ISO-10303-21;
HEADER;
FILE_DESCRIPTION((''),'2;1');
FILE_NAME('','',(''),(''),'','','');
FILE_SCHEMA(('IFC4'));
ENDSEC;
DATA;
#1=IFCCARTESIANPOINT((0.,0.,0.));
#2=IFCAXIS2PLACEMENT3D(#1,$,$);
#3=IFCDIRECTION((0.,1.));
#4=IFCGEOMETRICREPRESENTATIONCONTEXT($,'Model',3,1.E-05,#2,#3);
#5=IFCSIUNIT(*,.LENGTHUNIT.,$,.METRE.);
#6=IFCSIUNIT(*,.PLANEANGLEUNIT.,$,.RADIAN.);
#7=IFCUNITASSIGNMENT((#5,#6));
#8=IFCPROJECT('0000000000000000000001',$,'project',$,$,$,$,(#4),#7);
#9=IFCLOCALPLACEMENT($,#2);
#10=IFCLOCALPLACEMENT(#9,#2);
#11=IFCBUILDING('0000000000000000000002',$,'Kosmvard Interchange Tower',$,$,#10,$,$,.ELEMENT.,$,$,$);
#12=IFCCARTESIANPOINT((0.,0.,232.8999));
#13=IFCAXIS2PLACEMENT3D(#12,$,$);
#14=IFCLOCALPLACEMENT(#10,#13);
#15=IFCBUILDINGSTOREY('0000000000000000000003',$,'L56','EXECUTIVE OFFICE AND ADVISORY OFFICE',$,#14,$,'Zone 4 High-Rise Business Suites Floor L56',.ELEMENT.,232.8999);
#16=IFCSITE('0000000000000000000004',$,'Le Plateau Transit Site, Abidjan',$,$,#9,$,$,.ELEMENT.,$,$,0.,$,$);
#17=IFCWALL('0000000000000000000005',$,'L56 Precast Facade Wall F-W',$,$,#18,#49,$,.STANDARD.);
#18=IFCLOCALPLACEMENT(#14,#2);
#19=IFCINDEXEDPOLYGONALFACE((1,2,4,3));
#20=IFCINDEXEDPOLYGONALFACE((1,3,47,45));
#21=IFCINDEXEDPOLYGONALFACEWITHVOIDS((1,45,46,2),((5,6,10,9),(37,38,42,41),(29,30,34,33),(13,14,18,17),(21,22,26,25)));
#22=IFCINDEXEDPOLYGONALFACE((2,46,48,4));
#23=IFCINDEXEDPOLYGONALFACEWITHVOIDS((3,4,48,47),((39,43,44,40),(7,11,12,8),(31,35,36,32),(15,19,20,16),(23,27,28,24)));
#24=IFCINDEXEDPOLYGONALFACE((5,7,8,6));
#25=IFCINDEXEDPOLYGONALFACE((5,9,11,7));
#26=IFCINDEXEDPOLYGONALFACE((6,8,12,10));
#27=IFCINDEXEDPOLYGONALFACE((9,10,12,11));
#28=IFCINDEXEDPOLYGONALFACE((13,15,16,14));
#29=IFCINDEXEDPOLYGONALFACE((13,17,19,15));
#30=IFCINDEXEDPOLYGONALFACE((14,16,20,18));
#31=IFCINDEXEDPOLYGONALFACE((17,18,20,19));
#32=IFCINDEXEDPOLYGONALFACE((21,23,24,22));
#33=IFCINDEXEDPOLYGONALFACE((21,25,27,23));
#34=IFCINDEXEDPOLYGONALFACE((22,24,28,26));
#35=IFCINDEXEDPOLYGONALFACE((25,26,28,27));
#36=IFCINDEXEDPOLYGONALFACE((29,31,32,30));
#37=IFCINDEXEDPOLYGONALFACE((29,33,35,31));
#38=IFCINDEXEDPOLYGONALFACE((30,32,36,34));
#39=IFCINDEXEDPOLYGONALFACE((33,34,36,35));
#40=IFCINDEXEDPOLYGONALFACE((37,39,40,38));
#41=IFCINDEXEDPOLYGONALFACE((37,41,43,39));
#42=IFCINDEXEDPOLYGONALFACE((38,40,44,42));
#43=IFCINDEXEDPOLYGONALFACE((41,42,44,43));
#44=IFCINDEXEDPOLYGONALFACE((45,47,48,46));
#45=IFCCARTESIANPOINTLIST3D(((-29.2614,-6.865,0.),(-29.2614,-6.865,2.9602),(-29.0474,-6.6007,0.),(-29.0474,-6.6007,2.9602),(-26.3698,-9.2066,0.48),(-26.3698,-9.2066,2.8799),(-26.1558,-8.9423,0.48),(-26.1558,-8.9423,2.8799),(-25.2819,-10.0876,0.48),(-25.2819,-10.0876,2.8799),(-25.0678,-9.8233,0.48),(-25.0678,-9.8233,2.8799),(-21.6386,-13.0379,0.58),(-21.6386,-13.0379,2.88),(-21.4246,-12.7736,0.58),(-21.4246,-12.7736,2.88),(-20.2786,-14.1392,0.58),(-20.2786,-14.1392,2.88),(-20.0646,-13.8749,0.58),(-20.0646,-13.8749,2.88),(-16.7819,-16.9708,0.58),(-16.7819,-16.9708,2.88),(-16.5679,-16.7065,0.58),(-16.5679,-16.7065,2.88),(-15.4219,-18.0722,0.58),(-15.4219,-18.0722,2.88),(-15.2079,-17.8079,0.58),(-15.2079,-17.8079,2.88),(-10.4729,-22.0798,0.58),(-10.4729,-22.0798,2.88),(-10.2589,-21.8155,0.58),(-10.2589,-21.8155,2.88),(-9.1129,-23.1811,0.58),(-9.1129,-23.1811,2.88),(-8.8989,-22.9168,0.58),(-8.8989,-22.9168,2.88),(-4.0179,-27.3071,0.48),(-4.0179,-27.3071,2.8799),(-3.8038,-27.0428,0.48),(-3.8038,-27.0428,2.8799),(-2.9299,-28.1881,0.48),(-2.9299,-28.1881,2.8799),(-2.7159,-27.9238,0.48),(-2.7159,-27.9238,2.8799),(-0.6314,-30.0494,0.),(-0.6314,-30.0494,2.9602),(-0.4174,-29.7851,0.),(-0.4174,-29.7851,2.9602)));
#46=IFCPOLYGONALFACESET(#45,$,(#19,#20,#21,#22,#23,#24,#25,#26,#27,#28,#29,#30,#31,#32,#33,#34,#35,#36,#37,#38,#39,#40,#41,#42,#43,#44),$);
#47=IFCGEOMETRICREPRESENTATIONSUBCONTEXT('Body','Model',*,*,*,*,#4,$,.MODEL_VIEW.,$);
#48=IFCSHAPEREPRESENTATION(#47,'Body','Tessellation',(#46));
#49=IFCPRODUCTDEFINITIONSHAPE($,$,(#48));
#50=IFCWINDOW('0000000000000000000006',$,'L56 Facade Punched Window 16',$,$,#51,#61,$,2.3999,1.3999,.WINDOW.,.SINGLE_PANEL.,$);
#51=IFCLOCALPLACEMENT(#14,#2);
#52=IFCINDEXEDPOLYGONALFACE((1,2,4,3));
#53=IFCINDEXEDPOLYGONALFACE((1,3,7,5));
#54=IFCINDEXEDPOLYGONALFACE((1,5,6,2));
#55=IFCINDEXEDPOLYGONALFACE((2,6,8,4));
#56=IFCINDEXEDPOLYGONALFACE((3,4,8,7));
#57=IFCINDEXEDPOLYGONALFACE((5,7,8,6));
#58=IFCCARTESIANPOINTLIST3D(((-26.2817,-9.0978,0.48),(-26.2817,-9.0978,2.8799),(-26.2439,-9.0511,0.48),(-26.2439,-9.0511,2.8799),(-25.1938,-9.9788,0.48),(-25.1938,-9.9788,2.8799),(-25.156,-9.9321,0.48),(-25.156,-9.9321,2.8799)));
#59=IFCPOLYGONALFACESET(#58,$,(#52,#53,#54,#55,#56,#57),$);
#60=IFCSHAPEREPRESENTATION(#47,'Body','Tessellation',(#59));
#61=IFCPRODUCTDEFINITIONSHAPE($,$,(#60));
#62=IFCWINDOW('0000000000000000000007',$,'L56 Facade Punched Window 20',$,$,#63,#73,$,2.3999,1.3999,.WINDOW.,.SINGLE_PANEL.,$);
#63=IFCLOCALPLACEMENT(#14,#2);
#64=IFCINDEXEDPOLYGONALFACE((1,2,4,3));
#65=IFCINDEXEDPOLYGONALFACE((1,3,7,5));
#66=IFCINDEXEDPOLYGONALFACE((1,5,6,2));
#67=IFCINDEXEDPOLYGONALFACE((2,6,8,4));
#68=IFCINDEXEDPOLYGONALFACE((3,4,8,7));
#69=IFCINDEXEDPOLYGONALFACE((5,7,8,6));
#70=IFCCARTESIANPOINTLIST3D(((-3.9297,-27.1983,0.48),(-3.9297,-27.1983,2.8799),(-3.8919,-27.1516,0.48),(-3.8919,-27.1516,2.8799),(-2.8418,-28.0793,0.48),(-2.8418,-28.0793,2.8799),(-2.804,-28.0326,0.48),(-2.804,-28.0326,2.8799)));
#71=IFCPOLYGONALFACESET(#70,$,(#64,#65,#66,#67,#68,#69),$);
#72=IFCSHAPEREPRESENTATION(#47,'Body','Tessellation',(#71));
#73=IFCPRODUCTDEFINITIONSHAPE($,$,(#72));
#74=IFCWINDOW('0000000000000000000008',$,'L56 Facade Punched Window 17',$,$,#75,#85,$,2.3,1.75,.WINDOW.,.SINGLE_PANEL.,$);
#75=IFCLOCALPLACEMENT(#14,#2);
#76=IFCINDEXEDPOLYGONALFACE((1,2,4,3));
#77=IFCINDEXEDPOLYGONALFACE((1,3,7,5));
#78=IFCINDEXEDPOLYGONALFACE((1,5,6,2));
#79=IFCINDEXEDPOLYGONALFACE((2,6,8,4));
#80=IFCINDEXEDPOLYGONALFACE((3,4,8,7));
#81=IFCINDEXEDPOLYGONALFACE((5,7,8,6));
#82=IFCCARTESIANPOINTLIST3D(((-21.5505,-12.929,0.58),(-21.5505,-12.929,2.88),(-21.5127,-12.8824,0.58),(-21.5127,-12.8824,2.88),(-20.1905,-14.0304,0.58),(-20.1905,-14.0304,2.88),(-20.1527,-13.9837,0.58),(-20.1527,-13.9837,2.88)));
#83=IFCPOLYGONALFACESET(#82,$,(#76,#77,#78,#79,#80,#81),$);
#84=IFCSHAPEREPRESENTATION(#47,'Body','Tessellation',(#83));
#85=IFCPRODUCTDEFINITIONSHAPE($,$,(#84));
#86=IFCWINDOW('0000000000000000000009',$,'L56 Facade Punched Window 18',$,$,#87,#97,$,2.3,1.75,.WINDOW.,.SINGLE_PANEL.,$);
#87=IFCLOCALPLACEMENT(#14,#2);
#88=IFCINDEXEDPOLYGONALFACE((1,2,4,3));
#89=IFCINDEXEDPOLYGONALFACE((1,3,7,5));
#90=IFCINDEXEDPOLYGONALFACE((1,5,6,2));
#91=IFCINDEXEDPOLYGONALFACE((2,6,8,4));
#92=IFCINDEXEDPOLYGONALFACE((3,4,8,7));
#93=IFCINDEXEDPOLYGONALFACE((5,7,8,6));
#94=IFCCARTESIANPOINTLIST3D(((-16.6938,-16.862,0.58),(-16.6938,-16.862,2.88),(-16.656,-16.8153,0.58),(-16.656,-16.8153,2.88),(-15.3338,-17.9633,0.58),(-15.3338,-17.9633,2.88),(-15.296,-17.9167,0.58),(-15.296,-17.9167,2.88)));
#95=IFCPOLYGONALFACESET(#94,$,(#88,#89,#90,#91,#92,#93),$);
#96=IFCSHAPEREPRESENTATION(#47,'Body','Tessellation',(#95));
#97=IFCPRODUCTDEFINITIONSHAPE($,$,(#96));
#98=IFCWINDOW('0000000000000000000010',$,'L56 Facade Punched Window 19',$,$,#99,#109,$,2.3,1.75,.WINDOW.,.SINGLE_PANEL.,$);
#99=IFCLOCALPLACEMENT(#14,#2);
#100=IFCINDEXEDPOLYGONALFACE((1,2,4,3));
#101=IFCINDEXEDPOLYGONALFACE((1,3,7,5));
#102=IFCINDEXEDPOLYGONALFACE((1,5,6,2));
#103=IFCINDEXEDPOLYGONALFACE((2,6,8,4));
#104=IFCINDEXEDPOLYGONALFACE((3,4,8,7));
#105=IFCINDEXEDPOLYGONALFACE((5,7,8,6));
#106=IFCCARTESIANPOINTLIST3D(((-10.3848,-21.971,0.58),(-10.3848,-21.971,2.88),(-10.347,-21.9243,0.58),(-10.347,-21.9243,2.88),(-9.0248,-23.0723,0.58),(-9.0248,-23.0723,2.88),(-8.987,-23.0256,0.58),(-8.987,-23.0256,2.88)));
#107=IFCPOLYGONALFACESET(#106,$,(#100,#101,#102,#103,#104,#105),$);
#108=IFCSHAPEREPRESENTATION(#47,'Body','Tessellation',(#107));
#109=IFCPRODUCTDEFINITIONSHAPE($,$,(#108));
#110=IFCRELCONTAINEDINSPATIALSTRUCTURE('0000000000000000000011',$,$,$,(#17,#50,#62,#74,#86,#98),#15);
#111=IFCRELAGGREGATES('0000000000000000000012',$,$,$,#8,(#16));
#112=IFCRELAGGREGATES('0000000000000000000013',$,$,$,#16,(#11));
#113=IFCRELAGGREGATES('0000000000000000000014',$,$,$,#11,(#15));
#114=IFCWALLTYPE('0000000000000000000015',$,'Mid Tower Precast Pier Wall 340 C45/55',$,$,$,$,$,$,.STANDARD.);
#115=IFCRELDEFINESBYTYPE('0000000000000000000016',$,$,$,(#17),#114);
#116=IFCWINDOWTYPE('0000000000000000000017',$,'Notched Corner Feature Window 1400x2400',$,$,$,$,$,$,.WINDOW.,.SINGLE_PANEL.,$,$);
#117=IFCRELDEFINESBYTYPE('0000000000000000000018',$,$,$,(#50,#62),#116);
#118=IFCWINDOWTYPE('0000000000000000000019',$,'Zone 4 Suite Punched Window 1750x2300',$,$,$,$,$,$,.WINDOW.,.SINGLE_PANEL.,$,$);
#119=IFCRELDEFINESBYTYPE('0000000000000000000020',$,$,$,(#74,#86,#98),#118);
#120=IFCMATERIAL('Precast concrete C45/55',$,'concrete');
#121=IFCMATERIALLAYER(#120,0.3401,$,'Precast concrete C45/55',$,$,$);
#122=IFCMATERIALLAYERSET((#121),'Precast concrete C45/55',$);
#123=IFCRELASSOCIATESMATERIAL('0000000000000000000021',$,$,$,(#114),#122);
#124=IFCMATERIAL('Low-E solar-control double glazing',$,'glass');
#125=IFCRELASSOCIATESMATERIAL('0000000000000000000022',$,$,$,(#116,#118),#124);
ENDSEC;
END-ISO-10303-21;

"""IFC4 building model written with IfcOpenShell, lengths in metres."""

from ifc_helpers import new_model, si_unit, direction, frame, frame_2d, origin, place, context, subcontext, project, spatial, rectangle, extrude, source, transform, mapped, material, layer, layer_set, type_object, element, fill, save


model = new_model("IFC4")

# Units and contexts
model_context = context("Model", 3, precision=1e-05, world=origin(), true_north=direction((0.0, 1.0)))
body_context = subcontext(model_context, "Body", "Model", "MODEL_VIEW")
ifc_project = project(units=[si_unit("LENGTHUNIT", "METRE"), si_unit("PLANEANGLEUNIT", "RADIAN")], contexts=[model_context])

# Site, building, storey
site_placement = place(None, origin())
site = spatial("IfcSite", under=ifc_project, at=site_placement, Name="Le Plateau Transit Site, Abidjan", CompositionType="ELEMENT", RefElevation=0.0)
building_placement = place(site_placement, origin())
building = spatial("IfcBuilding", under=site, at=building_placement, Name="Kosmvard Interchange Tower", CompositionType="ELEMENT")
storey_placement = place(building_placement, frame((0.0, 0.0, 232.8999)))
storey = spatial("IfcBuildingStorey", under=building, at=storey_placement, Name="L56", Description="EXECUTIVE OFFICE AND ADVISORY OFFICE", LongName="Zone 4 High-Rise Business Suites Floor L56", CompositionType="ELEMENT", Elevation=232.8999)

# Shared definitions
ifc_material_1 = material(Name="Precast concrete C45/55", Category="concrete")

# Shared definitions
ifc_layer_1 = layer(ifc_material_1, 0.3401, Name="Precast concrete C45/55")
ifc_layer_set_1 = layer_set([ifc_layer_1], Name="Precast concrete C45/55")
wall_type_1 = type_object("IfcWallType", Name="Mid Tower Precast Pier Wall 340 C45/55", PredefinedType="STANDARD", material=ifc_layer_set_1)

# Shared definitions
ifc_material_2 = material(Name="Low-E solar-control double glazing", Category="glass")
window_type_1 = type_object("IfcWindowType", Name="Notched Corner Feature Window 1400x2400", PartitioningType="SINGLE_PANEL", PredefinedType="WINDOW", material=ifc_material_2)
shared_shape_1 = source(origin(), body_context, "Body", "SweptSolid", [
    extrude(rectangle(XDim=1.3999, YDim=2.3999, at=frame_2d((0.7, 1.2))), frame((0.0, 0.03, 0.0), z_axis=(0.0, -1.0, 0.0), x_axis=(1.0, 0.0, 0.0)), (0.0, 0.0, 1.0), 0.0601),
])

# Wall, openings, windows
wall_1_placement = place(storey_placement, frame((-29.1543, -6.7329, 0.0), z_axis=(0.0, 0.0, 1.0), x_axis=(0.777142, -0.629325, 0.0)))
wall_1 = element("IfcWall", 1, at=wall_1_placement, inside=storey, type_object=wall_type_1, Name="L56 Precast Facade Wall F-W", PredefinedType="STANDARD", context=body_context, shape_type="SweptSolid", body=[
    extrude(rectangle(XDim=36.8401, YDim=0.3401, at=frame_2d((18.4199, 0.0))), origin(), (0.0, 0.0, 1.0), 2.9602),
])
opening_1_placement = place(wall_1_placement, frame((3.7207, 0.0, 0.48)))
opening_1 = element("IfcOpeningElement", 2, at=opening_1_placement, cuts=wall_1, PredefinedType="OPENING", context=body_context, shape_type="SweptSolid", body=[
    extrude(rectangle(XDim=1.3999, YDim=2.3999, at=frame_2d((0.7, 1.2))), frame((0.0, 0.1802, 0.0), z_axis=(0.0, -1.0, 0.0), x_axis=(1.0, 0.0, 0.0)), (0.0, 0.0, 1.0), 0.3601),
])
opening_2_placement = place(wall_1_placement, frame((9.8086, 0.0, 0.5801)))
opening_2 = element("IfcOpeningElement", 3, at=opening_2_placement, cuts=wall_1, PredefinedType="OPENING", context=body_context, shape_type="SweptSolid", body=[
    extrude(rectangle(XDim=1.75, YDim=2.3, at=frame_2d((0.875, 1.1499))), frame((0.0, 0.1802, 0.0), z_axis=(0.0, -1.0, 0.0), x_axis=(1.0, 0.0, 0.0)), (0.0, 0.0, 1.0), 0.3601),
])
opening_3_placement = place(wall_1_placement, frame((16.0581, 0.0, 0.5801)))
opening_3 = element("IfcOpeningElement", 4, at=opening_3_placement, cuts=wall_1, PredefinedType="OPENING", context=body_context, shape_type="SweptSolid", body=[
    extrude(rectangle(XDim=1.75, YDim=2.3, at=frame_2d((0.875, 1.1499))), frame((0.0, 0.1802, 0.0), z_axis=(0.0, -1.0, 0.0), x_axis=(1.0, 0.0, 0.0)), (0.0, 0.0, 1.0), 0.3601),
])
opening_4_placement = place(wall_1_placement, frame((24.1763, 0.0, 0.5801)))
opening_4 = element("IfcOpeningElement", 5, at=opening_4_placement, cuts=wall_1, PredefinedType="OPENING", context=body_context, shape_type="SweptSolid", body=[
    extrude(rectangle(XDim=1.75, YDim=2.3, at=frame_2d((0.875, 1.1499))), frame((0.0, 0.1802, 0.0), z_axis=(0.0, -1.0, 0.0), x_axis=(1.0, 0.0, 0.0)), (0.0, 0.0, 1.0), 0.3601),
])
opening_5_placement = place(wall_1_placement, frame((32.4824, 0.0, 0.48)))
opening_5 = element("IfcOpeningElement", 6, at=opening_5_placement, cuts=wall_1, PredefinedType="OPENING", context=body_context, shape_type="SweptSolid", body=[
    extrude(rectangle(XDim=1.3999, YDim=2.3999, at=frame_2d((0.7, 1.2))), frame((0.0, 0.1802, 0.0), z_axis=(0.0, -1.0, 0.0), x_axis=(1.0, 0.0, 0.0)), (0.0, 0.0, 1.0), 0.3601),
])
window_1_placement = place(opening_1_placement, origin())
window_1 = element("IfcWindow", 7, at=window_1_placement, inside=storey, type_object=window_type_1, Name="L56 Facade Punched Window 16", OverallHeight=2.3999, OverallWidth=1.3999, PartitioningType="SINGLE_PANEL", PredefinedType="WINDOW", context=body_context, shape_type="MappedRepresentation", body=[
    mapped(shared_shape_1, transform((0.0, 0.0, 0.0), scale=1.0)),
])
fill(opening_1, window_1)
window_2_placement = place(opening_5_placement, origin())
window_2 = element("IfcWindow", 8, at=window_2_placement, inside=storey, type_object=window_type_1, Name="L56 Facade Punched Window 20", OverallHeight=2.3999, OverallWidth=1.3999, PartitioningType="SINGLE_PANEL", PredefinedType="WINDOW", context=body_context, shape_type="MappedRepresentation", body=[
    mapped(shared_shape_1, transform((0.0, 0.0, 0.0), scale=1.0)),
])
fill(opening_5, window_2)
window_type_2 = type_object("IfcWindowType", Name="Zone 4 Suite Punched Window 1750x2300", PartitioningType="SINGLE_PANEL", PredefinedType="WINDOW", material=ifc_material_2)
shared_shape_2 = source(origin(), body_context, "Body", "SweptSolid", [
    extrude(rectangle(XDim=1.75, YDim=2.3, at=frame_2d((0.875, 1.1499))), frame((0.0, 0.03, 0.0), z_axis=(0.0, -1.0, 0.0), x_axis=(1.0, 0.0, 0.0)), (0.0, 0.0, 1.0), 0.0601),
])
window_3_placement = place(opening_2_placement, origin())
window_3 = element("IfcWindow", 9, at=window_3_placement, inside=storey, type_object=window_type_2, Name="L56 Facade Punched Window 17", OverallHeight=2.3, OverallWidth=1.75, PartitioningType="SINGLE_PANEL", PredefinedType="WINDOW", context=body_context, shape_type="MappedRepresentation", body=[
    mapped(shared_shape_2, transform((0.0, 0.0, 0.0), scale=1.0)),
])
fill(opening_2, window_3)
window_4_placement = place(opening_3_placement, origin())
window_4 = element("IfcWindow", 10, at=window_4_placement, inside=storey, type_object=window_type_2, Name="L56 Facade Punched Window 18", OverallHeight=2.3, OverallWidth=1.75, PartitioningType="SINGLE_PANEL", PredefinedType="WINDOW", context=body_context, shape_type="MappedRepresentation", body=[
    mapped(shared_shape_2, transform((0.0, 0.0, 0.0), scale=1.0)),
])
fill(opening_3, window_4)
window_5_placement = place(opening_4_placement, origin())
window_5 = element("IfcWindow", 11, at=window_5_placement, inside=storey, type_object=window_type_2, Name="L56 Facade Punched Window 19", OverallHeight=2.3, OverallWidth=1.75, PartitioningType="SINGLE_PANEL", PredefinedType="WINDOW", context=body_context, shape_type="MappedRepresentation", body=[
    mapped(shared_shape_2, transform((0.0, 0.0, 0.0), scale=1.0)),
])
fill(opening_4, window_5)

save(model, "model.ifc")
